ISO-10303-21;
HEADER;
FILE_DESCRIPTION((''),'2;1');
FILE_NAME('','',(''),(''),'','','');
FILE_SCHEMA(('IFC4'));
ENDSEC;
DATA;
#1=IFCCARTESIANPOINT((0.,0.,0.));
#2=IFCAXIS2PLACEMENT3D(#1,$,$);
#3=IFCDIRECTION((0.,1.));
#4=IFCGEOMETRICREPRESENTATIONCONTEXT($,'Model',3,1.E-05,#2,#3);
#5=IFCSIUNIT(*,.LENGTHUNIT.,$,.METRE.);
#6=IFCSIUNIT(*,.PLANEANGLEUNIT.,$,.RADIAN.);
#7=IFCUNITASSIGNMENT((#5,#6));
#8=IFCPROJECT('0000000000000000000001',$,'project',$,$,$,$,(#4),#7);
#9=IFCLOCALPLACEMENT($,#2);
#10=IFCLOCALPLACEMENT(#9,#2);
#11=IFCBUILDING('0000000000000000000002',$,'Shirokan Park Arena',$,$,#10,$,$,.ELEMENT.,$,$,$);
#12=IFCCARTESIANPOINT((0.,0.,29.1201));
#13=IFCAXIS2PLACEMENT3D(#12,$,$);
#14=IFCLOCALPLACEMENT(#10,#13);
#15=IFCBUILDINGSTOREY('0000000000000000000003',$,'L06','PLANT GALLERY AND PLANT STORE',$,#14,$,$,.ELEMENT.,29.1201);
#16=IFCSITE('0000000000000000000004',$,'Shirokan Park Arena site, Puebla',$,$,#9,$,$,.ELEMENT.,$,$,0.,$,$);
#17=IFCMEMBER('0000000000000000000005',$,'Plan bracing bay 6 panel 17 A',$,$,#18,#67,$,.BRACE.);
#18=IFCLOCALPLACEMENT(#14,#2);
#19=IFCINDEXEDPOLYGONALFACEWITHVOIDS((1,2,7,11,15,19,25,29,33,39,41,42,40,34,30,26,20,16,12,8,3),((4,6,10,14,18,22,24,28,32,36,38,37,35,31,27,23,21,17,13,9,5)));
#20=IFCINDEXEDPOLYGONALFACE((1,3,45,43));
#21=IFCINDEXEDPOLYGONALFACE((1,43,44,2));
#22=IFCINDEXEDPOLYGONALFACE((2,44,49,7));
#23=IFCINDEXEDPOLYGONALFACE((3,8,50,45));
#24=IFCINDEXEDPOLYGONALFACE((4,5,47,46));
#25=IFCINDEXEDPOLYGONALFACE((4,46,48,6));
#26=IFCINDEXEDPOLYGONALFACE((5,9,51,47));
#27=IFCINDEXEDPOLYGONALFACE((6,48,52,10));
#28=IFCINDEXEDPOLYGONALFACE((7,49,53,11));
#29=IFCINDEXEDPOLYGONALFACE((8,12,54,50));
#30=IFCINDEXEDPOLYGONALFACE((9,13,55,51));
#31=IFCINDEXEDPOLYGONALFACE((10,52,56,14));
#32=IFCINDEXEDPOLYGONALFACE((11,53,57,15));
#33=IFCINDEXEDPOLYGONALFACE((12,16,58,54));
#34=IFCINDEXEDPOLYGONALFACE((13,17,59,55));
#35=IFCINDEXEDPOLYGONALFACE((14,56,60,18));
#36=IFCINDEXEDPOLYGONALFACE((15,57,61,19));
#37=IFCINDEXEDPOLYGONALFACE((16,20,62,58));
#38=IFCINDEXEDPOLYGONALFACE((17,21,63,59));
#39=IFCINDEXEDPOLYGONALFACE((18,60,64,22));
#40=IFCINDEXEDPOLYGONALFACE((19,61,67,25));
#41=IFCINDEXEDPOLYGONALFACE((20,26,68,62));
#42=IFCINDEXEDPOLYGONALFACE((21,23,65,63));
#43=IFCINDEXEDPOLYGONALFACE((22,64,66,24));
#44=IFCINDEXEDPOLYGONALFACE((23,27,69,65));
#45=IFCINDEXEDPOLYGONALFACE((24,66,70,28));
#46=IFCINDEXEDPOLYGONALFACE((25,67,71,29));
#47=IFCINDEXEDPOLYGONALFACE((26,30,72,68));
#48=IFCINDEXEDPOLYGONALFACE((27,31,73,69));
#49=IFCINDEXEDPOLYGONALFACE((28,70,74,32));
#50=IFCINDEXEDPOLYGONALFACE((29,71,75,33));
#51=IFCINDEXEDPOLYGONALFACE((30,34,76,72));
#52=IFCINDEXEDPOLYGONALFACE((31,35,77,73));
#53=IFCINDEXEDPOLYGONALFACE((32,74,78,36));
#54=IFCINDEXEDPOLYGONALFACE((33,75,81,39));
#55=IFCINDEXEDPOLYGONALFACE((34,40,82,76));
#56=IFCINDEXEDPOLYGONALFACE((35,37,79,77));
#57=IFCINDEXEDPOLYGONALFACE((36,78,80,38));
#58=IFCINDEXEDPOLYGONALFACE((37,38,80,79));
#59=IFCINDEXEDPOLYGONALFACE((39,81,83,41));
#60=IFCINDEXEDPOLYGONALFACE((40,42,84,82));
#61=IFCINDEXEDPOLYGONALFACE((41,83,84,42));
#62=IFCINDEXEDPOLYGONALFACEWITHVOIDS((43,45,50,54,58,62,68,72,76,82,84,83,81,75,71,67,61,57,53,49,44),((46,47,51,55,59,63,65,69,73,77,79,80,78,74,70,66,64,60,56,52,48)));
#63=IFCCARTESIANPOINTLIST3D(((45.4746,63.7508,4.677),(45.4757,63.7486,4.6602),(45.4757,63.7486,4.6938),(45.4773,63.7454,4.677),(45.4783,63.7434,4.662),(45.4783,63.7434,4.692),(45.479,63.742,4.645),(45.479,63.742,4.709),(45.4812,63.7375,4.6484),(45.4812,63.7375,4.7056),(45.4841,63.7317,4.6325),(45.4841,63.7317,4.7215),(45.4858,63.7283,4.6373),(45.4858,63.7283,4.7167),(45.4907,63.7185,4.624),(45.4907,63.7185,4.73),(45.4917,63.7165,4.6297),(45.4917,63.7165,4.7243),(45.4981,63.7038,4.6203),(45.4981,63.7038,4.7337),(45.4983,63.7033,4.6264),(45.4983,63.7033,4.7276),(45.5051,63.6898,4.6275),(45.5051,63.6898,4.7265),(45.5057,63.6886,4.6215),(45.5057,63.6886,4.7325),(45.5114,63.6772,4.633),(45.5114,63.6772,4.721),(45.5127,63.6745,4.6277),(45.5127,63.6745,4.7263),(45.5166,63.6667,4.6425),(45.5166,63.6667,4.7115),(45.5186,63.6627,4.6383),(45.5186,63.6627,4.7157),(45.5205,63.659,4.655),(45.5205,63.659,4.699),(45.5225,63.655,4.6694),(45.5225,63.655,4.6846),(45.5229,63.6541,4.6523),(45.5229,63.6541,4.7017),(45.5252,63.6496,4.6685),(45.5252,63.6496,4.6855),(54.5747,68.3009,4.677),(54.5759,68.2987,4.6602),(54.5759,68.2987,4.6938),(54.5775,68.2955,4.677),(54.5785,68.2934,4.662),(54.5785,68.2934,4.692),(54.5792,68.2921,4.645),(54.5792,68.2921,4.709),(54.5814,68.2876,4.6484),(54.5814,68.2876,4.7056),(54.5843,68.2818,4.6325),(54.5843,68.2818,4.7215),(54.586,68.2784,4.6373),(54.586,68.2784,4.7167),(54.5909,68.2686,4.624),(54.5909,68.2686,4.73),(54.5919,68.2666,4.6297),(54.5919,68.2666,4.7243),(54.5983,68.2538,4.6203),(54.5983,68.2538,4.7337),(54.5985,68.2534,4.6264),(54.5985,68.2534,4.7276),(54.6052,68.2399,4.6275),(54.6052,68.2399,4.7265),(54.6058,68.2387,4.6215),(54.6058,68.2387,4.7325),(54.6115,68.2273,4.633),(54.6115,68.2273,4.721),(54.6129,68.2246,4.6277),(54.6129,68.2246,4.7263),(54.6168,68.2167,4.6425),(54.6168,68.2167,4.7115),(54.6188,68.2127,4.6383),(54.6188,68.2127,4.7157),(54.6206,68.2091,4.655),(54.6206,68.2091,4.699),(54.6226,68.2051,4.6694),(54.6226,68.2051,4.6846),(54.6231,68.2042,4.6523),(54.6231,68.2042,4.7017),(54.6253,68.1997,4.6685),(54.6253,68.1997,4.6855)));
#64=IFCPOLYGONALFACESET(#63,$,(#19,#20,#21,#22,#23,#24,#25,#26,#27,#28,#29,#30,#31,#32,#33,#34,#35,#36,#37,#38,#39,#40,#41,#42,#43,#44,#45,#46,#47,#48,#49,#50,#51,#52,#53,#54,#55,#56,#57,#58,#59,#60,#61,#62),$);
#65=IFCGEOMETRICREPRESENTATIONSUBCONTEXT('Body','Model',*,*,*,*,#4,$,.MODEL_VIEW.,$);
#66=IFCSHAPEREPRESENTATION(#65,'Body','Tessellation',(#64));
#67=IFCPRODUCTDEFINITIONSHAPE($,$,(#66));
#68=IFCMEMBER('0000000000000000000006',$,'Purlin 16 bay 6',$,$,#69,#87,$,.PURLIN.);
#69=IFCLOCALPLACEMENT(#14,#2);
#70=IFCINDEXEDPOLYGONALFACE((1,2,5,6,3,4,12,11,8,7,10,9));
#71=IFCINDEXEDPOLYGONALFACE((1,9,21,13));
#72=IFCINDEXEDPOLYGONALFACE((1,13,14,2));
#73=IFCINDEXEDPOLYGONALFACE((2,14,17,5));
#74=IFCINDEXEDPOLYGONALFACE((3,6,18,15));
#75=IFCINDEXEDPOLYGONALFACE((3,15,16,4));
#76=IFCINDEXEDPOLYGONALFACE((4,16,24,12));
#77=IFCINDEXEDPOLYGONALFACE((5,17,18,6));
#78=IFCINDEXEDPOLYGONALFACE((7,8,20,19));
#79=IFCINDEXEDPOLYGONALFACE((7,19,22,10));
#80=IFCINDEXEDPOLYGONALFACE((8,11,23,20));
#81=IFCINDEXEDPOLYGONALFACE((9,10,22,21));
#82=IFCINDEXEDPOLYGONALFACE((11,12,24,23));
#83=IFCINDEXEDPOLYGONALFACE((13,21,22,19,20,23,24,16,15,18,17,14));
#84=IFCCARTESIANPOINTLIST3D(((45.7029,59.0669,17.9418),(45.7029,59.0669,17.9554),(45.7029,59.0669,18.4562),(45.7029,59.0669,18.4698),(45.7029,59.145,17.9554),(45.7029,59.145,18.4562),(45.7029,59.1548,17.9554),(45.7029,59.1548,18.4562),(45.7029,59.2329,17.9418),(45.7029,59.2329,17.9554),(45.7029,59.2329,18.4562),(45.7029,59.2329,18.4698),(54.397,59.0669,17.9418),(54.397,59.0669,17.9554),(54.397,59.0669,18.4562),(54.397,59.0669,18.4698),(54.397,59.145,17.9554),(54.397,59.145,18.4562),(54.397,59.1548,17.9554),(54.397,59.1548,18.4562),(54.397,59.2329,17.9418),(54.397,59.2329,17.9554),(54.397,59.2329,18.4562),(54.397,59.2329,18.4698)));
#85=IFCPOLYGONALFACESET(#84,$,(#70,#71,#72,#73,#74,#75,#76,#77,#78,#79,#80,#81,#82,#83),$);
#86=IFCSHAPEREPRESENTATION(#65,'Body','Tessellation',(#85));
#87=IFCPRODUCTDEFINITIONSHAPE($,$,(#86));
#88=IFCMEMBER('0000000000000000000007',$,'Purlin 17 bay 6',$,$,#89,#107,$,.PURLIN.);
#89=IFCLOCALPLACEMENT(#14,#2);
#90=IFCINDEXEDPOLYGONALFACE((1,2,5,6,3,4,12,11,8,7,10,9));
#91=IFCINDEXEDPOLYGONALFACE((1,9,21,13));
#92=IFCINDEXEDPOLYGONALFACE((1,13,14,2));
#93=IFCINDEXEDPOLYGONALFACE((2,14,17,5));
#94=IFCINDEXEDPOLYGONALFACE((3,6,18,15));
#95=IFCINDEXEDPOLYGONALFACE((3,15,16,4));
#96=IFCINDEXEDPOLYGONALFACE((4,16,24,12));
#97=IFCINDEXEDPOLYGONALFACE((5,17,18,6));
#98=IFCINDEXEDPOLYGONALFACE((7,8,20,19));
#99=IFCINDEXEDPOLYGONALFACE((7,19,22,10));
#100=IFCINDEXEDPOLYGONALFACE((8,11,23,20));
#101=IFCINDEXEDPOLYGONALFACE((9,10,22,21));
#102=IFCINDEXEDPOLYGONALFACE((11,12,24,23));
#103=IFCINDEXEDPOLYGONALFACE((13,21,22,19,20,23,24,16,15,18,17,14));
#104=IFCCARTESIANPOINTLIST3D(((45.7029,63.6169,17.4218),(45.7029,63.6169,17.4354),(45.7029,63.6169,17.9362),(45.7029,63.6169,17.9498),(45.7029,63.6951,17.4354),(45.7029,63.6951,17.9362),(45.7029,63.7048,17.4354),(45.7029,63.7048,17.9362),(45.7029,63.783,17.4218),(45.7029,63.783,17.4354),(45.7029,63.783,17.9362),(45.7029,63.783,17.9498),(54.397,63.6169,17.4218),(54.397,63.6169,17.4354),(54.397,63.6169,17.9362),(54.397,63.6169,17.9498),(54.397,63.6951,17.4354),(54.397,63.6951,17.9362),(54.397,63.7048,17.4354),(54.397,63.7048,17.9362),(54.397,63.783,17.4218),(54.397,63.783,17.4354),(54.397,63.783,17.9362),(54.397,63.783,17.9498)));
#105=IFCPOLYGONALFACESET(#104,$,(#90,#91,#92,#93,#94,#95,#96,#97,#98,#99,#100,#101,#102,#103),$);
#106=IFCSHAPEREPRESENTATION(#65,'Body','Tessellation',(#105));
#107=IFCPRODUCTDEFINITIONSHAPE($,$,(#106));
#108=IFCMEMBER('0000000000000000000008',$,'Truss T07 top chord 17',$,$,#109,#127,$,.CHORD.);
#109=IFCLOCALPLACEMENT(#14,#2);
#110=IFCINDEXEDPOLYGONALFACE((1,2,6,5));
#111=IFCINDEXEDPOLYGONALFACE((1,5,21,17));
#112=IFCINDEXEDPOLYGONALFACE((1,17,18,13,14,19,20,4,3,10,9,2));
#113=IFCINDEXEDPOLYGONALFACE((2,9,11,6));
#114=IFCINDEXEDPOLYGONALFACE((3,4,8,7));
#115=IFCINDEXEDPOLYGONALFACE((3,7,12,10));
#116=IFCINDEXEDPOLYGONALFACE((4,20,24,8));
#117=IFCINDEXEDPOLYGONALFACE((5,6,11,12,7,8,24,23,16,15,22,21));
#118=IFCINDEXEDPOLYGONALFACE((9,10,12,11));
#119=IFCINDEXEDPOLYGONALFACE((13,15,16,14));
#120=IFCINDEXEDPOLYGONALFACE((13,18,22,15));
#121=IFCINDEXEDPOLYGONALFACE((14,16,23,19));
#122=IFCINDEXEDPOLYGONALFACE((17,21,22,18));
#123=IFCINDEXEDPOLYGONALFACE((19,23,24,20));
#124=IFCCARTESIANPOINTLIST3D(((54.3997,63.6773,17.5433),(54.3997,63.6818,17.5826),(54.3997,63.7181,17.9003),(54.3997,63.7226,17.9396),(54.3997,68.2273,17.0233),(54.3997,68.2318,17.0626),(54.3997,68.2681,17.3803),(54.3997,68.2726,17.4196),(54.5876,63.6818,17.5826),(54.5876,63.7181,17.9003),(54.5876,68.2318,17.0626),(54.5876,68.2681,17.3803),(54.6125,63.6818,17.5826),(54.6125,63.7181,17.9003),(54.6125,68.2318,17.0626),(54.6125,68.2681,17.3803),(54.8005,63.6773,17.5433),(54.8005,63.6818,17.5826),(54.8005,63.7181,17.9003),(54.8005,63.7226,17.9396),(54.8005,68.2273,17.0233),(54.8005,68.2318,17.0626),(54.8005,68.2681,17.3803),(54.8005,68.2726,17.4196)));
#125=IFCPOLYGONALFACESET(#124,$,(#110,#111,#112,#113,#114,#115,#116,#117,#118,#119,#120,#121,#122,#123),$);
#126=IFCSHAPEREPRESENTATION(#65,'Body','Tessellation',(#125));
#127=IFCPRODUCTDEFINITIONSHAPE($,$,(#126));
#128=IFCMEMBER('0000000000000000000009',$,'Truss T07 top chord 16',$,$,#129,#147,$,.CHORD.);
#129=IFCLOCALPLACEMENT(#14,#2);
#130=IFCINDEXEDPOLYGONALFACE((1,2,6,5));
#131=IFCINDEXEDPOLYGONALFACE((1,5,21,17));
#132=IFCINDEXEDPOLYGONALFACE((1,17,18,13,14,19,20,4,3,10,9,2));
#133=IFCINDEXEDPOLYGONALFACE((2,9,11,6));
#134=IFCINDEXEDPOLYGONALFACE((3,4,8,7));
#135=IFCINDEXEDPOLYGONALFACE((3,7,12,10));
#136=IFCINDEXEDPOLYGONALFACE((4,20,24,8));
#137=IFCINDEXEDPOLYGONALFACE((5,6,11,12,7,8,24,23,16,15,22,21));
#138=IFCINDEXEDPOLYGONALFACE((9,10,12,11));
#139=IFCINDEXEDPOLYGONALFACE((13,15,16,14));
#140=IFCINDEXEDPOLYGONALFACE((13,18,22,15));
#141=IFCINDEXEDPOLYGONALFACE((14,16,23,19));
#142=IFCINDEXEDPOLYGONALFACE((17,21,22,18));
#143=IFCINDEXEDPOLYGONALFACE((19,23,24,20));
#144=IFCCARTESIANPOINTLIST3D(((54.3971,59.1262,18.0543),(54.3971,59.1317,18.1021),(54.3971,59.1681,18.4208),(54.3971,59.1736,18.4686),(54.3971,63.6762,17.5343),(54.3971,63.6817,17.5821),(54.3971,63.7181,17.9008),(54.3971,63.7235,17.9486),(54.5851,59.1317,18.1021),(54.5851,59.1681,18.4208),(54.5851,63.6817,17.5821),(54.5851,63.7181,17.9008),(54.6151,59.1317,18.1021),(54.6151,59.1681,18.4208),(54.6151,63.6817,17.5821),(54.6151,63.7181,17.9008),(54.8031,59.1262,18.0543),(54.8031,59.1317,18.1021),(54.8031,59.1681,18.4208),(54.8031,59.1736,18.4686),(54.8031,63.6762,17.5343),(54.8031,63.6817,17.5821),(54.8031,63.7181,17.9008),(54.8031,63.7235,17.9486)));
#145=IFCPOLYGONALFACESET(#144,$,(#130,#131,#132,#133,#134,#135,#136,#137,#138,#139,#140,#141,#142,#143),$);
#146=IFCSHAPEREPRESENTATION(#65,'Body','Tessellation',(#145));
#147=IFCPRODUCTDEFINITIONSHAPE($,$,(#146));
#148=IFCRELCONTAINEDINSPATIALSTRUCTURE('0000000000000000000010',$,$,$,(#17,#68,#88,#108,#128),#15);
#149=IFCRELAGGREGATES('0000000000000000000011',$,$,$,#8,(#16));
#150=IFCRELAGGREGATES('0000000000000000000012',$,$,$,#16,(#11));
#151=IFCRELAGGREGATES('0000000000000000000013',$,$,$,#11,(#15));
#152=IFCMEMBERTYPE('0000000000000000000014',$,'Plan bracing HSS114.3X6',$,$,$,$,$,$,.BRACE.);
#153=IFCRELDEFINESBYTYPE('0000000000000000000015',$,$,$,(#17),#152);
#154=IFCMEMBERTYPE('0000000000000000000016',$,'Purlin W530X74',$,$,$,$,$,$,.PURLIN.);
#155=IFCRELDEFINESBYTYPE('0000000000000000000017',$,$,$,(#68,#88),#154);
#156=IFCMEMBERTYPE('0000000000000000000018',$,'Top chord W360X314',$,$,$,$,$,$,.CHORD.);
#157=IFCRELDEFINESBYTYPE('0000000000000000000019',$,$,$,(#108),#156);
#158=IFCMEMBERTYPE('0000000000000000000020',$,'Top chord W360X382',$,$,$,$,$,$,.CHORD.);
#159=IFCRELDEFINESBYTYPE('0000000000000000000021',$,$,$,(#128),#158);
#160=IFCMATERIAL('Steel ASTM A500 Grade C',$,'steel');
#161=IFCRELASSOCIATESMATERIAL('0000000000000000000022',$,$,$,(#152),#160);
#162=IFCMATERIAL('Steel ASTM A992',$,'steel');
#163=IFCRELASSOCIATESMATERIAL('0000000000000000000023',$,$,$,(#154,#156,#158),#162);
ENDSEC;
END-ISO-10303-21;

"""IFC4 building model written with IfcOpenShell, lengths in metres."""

from ifc_helpers import new_model, si_unit, direction, frame, origin, origin_2d, place, context, subcontext, project, spatial, hollow_circle, i_section, extrude, material, material_profile, profile_set, type_object, element, save


model = new_model("IFC4")

# Units and contexts
model_context = context("Model", 3, precision=1e-05, world=origin(), true_north=direction((0.0, 1.0)))
body_context = subcontext(model_context, "Body", "Model", "MODEL_VIEW")
ifc_project = project(units=[si_unit("LENGTHUNIT", "METRE"), si_unit("PLANEANGLEUNIT", "RADIAN")], contexts=[model_context])

# Site, building, storey
site_placement = place(None, origin())
site = spatial("IfcSite", under=ifc_project, at=site_placement, Name="Shirokan Park Arena site, Puebla", CompositionType="ELEMENT", RefElevation=0.0)
building_placement = place(site_placement, origin())
building = spatial("IfcBuilding", under=site, at=building_placement, Name="Shirokan Park Arena", CompositionType="ELEMENT")
storey_placement = place(building_placement, frame((0.0, 0.0, 29.1201)))
storey = spatial("IfcBuildingStorey", under=building, at=storey_placement, Name="L06", Description="PLANT GALLERY AND PLANT STORE", CompositionType="ELEMENT", Elevation=29.1201)

# Members
ifc_material_1 = material(Name="Steel ASTM A992", Category="steel")
ifc_material_2 = material(Name="Steel ASTM A500 Grade C", Category="steel")
ifc_material_profile_1 = material_profile(ifc_material_2, hollow_circle(Radius=0.0569, WallThickness=0.0061, at=origin_2d()), Name="HSS114.3X6")
ifc_profile_set_1 = profile_set([ifc_material_profile_1], Name="Steel ASTM A500 Grade C")
member_type_1 = type_object("IfcMemberType", Name="Plan bracing HSS114.3X6", PredefinedType="BRACE", material=ifc_profile_set_1)
for number, where, z_axis, x_axis, name in (
    (1, (45.5, 63.7, 4.677), (0.894427, 0.447214, 0.0), (-0.447214, 0.894427, 0.0), "Plan bracing bay 6 panel 17 A"),
):
    element("IfcMember", number, at=place(storey_placement, frame(where, z_axis=z_axis, x_axis=x_axis)), inside=storey, type_object=member_type_1, Name=name, PredefinedType="BRACE", context=body_context, shape_type="SweptSolid", body=[
        extrude(hollow_circle(Radius=0.0569, WallThickness=0.0061, at=origin_2d()), origin(), (0.0, 0.0, 1.0), 10.1743),
    ])
ifc_material_profile_2 = material_profile(ifc_material_1, i_section(OverallWidth=0.166, OverallDepth=0.5281, WebThickness=0.0098, FlangeThickness=0.0137, at=origin_2d()), Name="W530X74")
ifc_profile_set_2 = profile_set([ifc_material_profile_2], Name="Steel ASTM A992")
member_type_2 = type_object("IfcMemberType", Name="Purlin W530X74", PredefinedType="PURLIN", material=ifc_profile_set_2)
for number, where, z_axis, x_axis, name in (
    (2, (45.7029, 59.1499, 18.2058), (1.0, 0.0, 0.0), (0.0, 1.0, 0.0), "Purlin 16 bay 6"),
    (3, (45.7029, 63.7, 17.6858), (1.0, 0.0, 0.0), (0.0, 1.0, 0.0), "Purlin 17 bay 6"),
):
    element("IfcMember", number, at=place(storey_placement, frame(where, z_axis=z_axis, x_axis=x_axis)), inside=storey, type_object=member_type_2, Name=name, PredefinedType="PURLIN", context=body_context, shape_type="SweptSolid", body=[
        extrude(i_section(OverallWidth=0.166, OverallDepth=0.5281, WebThickness=0.0098, FlangeThickness=0.0137, at=origin_2d()), origin(), (0.0, 0.0, 1.0), 8.6941),
    ])
ifc_material_profile_3 = material_profile(ifc_material_1, i_section(OverallWidth=0.4009, OverallDepth=0.3989, WebThickness=0.0249, FlangeThickness=0.0396, at=origin_2d()), Name="W360X314")
ifc_profile_set_3 = profile_set([ifc_material_profile_3], Name="Steel ASTM A992")
member_type_3 = type_object("IfcMemberType", Name="Top chord W360X314", PredefinedType="CHORD", material=ifc_profile_set_3)
member_1_placement = place(storey_placement, frame((54.6001, 63.7, 17.7415), z_axis=(0.0, 0.993532, -0.11355), x_axis=(-1.0, 0.0, 0.0)))
element("IfcMember", 4, at=member_1_placement, inside=storey, type_object=member_type_3, Name="Truss T07 top chord 17", PredefinedType="CHORD", context=body_context, shape_type="SweptSolid", body=[
    extrude(i_section(OverallWidth=0.4009, OverallDepth=0.3989, WebThickness=0.0249, FlangeThickness=0.0396, at=origin_2d()), origin(), (0.0, 0.0, 1.0), 4.5796),
])
ifc_material_profile_4 = material_profile(ifc_material_1, i_section(OverallWidth=0.406, OverallDepth=0.417, WebThickness=0.03, FlangeThickness=0.0481, at=origin_2d()), Name="W360X382")
ifc_profile_set_4 = profile_set([ifc_material_profile_4], Name="Steel ASTM A992")
member_type_4 = type_object("IfcMemberType", Name="Top chord W360X382", PredefinedType="CHORD", material=ifc_profile_set_4)
member_2_placement = place(storey_placement, frame((54.6001, 59.1499, 18.2615), z_axis=(0.0, 0.993532, -0.11355), x_axis=(-1.0, 0.0, 0.0)))
element("IfcMember", 5, at=member_2_placement, inside=storey, type_object=member_type_4, Name="Truss T07 top chord 16", PredefinedType="CHORD", context=body_context, shape_type="SweptSolid", body=[
    extrude(i_section(OverallWidth=0.406, OverallDepth=0.417, WebThickness=0.03, FlangeThickness=0.0481, at=origin_2d()), origin(), (0.0, 0.0, 1.0), 4.5796),
])

save(model, "model.ifc")
